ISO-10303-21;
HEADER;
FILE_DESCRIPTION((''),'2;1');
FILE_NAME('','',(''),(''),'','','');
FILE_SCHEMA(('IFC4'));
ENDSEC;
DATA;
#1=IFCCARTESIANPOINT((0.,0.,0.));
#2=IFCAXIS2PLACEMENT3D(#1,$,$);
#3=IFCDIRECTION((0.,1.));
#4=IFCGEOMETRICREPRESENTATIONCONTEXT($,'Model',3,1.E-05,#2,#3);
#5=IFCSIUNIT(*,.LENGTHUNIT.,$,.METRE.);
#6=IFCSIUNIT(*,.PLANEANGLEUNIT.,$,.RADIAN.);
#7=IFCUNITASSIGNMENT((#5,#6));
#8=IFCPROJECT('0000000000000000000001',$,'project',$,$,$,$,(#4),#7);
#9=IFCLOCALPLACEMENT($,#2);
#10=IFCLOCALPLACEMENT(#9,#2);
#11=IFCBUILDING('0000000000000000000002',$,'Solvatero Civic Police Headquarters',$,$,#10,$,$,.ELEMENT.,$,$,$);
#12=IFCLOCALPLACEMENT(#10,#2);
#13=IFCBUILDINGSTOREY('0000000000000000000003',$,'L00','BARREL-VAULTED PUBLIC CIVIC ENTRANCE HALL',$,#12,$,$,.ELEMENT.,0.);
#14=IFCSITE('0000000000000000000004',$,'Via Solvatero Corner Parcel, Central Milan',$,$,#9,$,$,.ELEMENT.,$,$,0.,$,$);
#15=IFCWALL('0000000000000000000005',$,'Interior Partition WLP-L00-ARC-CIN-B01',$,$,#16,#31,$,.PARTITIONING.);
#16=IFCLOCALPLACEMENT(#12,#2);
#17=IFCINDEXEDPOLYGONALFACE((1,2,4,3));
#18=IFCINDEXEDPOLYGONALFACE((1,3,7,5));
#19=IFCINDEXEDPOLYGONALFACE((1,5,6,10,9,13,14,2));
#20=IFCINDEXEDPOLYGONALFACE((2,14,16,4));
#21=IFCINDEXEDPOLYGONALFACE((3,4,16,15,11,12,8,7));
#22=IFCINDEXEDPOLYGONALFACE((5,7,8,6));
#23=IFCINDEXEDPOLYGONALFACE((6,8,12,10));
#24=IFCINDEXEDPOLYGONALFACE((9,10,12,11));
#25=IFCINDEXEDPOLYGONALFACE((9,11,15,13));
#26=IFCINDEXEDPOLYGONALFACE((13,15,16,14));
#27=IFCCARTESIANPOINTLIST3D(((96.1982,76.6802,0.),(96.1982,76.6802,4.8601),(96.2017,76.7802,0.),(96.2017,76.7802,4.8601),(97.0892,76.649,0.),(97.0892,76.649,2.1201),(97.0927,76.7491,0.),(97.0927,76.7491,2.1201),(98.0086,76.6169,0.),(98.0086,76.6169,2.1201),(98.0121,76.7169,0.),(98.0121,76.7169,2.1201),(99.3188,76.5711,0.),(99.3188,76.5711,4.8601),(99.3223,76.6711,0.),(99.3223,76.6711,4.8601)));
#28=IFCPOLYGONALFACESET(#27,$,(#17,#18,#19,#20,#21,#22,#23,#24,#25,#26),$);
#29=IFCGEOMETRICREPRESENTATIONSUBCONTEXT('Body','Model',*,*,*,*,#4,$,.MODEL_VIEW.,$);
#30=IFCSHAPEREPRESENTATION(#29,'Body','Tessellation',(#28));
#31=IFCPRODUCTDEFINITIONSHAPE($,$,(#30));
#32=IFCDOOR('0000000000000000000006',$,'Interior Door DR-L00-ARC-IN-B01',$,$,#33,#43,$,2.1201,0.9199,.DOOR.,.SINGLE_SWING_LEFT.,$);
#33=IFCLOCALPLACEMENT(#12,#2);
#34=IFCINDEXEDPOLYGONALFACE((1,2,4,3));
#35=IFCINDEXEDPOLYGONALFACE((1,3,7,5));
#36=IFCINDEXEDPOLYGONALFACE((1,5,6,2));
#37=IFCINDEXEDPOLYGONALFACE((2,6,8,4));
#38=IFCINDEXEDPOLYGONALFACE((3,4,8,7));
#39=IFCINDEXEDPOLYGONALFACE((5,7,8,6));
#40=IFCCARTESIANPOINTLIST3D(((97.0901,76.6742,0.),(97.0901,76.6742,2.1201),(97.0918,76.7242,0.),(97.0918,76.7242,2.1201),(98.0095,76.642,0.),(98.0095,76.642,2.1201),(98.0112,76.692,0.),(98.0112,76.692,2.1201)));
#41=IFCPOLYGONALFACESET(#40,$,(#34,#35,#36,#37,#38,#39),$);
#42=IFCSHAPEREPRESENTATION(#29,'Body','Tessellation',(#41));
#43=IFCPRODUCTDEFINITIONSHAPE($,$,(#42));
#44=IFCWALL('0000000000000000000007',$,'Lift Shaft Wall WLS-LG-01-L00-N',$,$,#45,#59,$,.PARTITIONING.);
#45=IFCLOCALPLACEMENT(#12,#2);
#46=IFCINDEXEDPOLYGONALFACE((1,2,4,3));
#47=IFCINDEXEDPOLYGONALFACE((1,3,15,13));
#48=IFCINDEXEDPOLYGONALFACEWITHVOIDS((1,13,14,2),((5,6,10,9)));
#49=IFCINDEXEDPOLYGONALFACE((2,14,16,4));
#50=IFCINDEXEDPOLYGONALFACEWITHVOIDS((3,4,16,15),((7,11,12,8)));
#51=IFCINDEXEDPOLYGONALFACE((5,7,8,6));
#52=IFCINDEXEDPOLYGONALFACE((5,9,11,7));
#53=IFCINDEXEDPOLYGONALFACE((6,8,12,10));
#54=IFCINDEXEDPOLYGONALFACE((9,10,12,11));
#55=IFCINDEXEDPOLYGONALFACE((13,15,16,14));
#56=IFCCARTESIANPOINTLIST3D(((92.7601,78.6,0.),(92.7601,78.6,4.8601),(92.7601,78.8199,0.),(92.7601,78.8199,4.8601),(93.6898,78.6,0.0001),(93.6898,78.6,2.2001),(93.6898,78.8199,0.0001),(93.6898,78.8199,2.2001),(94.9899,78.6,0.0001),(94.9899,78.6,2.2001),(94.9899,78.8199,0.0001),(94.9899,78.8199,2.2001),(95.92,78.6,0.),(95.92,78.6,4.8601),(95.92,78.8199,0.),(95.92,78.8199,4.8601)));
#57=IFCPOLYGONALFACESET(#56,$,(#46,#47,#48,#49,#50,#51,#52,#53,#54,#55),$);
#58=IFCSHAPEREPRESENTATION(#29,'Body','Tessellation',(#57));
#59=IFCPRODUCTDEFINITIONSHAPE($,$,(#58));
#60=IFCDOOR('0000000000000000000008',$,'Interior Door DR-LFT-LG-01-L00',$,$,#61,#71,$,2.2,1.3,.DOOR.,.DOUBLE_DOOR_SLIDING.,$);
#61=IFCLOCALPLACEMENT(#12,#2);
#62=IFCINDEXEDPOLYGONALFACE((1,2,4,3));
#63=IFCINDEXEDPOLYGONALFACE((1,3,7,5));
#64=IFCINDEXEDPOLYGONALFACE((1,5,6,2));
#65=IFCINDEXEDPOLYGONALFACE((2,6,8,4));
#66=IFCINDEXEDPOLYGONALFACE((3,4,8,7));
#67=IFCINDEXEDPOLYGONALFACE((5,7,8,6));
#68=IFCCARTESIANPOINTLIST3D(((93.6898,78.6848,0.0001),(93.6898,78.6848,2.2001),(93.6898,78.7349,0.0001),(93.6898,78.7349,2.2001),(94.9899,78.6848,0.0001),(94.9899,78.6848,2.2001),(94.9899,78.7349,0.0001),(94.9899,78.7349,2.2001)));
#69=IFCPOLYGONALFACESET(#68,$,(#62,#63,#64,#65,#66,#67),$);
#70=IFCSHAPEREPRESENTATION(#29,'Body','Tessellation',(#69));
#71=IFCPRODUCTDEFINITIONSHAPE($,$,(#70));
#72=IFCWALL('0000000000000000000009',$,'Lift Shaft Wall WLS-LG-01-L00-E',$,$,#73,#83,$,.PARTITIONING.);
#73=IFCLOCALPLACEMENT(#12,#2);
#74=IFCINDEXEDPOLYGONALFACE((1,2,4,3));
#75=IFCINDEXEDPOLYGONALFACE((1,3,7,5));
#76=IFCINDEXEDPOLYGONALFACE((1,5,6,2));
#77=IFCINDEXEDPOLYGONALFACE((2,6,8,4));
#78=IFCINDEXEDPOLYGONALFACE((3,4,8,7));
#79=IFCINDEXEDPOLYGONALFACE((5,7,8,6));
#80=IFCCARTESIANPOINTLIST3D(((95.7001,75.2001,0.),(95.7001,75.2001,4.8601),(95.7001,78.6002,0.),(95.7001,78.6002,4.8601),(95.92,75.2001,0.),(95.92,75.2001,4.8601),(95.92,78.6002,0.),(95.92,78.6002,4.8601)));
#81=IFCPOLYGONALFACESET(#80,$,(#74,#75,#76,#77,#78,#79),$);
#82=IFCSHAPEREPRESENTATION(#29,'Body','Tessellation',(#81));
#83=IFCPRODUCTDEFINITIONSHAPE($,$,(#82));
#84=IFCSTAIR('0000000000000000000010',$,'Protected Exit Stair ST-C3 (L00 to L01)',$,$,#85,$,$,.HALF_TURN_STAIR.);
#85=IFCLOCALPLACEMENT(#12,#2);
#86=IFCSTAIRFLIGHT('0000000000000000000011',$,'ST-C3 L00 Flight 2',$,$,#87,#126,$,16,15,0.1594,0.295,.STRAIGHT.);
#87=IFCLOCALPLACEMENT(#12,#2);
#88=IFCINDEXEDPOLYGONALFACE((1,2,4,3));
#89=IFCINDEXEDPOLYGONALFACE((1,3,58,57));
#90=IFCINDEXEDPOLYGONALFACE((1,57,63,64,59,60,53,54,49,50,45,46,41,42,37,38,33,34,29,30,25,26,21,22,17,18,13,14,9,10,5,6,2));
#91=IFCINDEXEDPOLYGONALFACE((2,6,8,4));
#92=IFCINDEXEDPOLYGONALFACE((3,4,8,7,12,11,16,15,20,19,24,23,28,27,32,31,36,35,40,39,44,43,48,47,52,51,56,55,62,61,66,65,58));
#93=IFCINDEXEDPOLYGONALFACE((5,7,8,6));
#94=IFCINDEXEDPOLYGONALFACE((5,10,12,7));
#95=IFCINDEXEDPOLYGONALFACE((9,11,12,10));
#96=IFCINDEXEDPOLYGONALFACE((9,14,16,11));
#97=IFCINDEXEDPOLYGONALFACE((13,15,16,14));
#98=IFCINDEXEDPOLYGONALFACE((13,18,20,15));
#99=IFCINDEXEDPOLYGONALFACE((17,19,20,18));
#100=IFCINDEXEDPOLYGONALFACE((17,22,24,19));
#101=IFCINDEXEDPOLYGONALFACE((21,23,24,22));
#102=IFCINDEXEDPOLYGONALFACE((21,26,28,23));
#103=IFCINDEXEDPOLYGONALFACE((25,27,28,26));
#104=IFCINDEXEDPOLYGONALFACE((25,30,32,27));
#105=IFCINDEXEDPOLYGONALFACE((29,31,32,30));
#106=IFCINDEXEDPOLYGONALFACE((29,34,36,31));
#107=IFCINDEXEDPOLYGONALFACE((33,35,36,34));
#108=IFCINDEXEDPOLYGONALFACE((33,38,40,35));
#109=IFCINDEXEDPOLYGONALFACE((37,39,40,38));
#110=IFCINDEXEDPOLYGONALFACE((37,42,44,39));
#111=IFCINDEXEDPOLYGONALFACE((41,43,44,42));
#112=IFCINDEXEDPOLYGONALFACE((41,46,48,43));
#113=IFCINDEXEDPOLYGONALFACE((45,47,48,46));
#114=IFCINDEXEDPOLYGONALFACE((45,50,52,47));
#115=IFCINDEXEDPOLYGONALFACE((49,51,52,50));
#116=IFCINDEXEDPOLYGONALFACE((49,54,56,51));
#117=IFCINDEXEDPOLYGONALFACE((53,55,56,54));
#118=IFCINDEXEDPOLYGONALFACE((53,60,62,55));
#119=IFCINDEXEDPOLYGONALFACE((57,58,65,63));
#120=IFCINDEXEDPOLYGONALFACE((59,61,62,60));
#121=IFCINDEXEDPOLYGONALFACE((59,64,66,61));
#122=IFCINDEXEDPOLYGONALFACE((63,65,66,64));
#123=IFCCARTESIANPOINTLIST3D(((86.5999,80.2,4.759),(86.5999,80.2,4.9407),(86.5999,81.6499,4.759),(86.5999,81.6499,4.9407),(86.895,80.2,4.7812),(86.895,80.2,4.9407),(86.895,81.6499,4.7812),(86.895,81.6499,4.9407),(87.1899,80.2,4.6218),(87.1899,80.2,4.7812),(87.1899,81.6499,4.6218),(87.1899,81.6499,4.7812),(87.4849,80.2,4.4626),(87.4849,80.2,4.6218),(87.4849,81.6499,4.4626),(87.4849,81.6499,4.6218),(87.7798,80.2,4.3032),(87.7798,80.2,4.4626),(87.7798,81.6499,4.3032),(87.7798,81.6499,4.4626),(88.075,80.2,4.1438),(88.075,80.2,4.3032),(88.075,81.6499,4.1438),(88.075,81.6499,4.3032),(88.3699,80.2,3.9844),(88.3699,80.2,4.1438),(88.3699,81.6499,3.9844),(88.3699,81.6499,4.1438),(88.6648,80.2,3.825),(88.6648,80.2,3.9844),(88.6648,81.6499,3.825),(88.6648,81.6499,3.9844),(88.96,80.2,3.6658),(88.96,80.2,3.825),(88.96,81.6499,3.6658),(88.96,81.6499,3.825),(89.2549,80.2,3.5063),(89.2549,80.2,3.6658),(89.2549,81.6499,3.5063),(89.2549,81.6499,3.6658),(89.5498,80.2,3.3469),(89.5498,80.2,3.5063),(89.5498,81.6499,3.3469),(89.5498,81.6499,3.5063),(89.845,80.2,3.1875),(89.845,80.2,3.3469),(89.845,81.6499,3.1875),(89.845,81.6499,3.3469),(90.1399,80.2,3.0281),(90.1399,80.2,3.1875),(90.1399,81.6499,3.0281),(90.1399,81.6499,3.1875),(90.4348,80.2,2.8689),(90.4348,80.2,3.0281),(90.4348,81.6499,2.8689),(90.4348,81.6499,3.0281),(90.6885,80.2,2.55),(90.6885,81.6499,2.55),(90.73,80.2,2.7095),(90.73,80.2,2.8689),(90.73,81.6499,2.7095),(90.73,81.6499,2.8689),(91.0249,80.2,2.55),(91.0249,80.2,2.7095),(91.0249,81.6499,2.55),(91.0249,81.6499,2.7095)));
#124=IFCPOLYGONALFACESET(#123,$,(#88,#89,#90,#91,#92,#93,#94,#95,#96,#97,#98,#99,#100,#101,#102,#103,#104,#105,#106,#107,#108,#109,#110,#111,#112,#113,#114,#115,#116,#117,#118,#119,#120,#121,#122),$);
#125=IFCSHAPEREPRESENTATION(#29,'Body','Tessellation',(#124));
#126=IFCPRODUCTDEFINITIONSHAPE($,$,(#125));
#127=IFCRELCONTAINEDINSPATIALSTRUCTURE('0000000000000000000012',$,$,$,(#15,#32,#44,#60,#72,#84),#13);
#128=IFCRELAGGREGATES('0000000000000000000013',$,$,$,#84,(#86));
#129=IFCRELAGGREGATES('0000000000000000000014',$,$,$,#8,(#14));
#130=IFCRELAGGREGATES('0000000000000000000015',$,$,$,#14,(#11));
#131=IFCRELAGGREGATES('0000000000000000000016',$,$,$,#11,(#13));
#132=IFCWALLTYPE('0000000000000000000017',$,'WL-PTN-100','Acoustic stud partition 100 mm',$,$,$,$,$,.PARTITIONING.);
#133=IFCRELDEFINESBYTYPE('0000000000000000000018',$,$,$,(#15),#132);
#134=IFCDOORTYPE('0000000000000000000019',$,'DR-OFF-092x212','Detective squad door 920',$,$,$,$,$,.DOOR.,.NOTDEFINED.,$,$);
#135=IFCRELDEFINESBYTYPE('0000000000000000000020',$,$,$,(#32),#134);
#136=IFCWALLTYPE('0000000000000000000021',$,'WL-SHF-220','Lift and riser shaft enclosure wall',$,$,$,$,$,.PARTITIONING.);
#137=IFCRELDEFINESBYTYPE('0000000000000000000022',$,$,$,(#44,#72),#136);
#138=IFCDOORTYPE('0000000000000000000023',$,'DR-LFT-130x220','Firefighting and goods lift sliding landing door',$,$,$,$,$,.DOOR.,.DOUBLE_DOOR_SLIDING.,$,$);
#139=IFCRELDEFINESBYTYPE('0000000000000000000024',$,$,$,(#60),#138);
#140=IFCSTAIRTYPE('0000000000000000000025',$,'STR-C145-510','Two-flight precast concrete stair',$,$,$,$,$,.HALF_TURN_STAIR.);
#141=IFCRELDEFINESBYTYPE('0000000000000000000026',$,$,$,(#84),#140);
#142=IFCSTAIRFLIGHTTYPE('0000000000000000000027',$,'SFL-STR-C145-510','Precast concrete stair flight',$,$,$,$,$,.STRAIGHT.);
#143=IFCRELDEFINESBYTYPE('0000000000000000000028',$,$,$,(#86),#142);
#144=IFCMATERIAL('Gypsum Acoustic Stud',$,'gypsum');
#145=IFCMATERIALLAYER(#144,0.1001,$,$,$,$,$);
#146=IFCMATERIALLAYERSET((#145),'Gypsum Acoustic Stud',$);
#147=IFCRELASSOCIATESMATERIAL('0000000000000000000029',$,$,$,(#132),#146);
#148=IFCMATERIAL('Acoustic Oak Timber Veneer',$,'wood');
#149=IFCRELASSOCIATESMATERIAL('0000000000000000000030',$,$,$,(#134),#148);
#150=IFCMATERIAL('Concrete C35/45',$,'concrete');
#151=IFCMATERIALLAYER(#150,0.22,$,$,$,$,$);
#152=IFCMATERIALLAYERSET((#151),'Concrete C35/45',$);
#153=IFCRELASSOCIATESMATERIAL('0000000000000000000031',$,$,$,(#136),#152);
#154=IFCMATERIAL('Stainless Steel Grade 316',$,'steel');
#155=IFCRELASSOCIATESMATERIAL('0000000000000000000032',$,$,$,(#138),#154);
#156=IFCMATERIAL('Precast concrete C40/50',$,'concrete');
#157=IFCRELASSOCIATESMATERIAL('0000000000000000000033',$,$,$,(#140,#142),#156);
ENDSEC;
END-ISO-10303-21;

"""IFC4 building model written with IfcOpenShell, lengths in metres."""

from ifc_helpers import new_model, si_unit, direction, frame, frame_2d, origin, place, context, subcontext, project, spatial, polyline, rectangle, outline, extrude, material, layer, layer_set, type_object, element, fill, aggregate, save


model = new_model("IFC4")

# Units and contexts
model_context = context("Model", 3, precision=1e-05, world=origin(), true_north=direction((0.0, 1.0)))
body_context = subcontext(model_context, "Body", "Model", "MODEL_VIEW")
ifc_project = project(units=[si_unit("LENGTHUNIT", "METRE"), si_unit("PLANEANGLEUNIT", "RADIAN")], contexts=[model_context])

# Site, building, storey
site_placement = place(None, origin())
site = spatial("IfcSite", under=ifc_project, at=site_placement, Name="Via Solvatero Corner Parcel, Central Milan", CompositionType="ELEMENT", RefElevation=0.0)
building_placement = place(site_placement, origin())
building = spatial("IfcBuilding", under=site, at=building_placement, Name="Solvatero Civic Police Headquarters", CompositionType="ELEMENT")
storey_placement = place(building_placement, origin())
storey = spatial("IfcBuildingStorey", under=building, at=storey_placement, Name="L00", Description="BARREL-VAULTED PUBLIC CIVIC ENTRANCE HALL", CompositionType="ELEMENT", Elevation=0.0)

# Walls, openings, doors
ifc_material_1 = material(Name="Gypsum Acoustic Stud", Category="gypsum")
ifc_layer_1 = layer(ifc_material_1, 0.1001)
ifc_layer_set_1 = layer_set([ifc_layer_1], Name="Gypsum Acoustic Stud")
wall_type_1 = type_object("IfcWallType", Name="WL-PTN-100", Description="Acoustic stud partition 100 mm", PredefinedType="PARTITIONING", material=ifc_layer_set_1)
wall_1_placement = place(storey_placement, frame((99.3206, 76.6211, 0.0), z_axis=(0.0, 0.0, 1.0), x_axis=(-0.999389, 0.03495, 0.0)))
wall_1 = element("IfcWall", 1, at=wall_1_placement, inside=storey, type_object=wall_type_1, Name="Interior Partition WLP-L00-ARC-CIN-B01", PredefinedType="PARTITIONING", context=body_context, shape_type="SweptSolid", body=[
    extrude(rectangle(XDim=3.1226, YDim=0.1001, at=frame_2d((1.5613, 0.0))), origin(), (0.0, 0.0, 1.0), 4.8601),
])
opening_1_placement = place(wall_1_placement, frame((1.311, 0.0, 0.0)))
opening_1 = element("IfcOpeningElement", 2, at=opening_1_placement, cuts=wall_1, PredefinedType="OPENING", context=body_context, shape_type="SweptSolid", body=[
    extrude(rectangle(XDim=0.9199, YDim=2.1201, at=frame_2d((0.46, 1.0601))), frame((0.0, 0.0601, 0.0), z_axis=(0.0, -1.0, 0.0), x_axis=(1.0, 0.0, 0.0)), (0.0, 0.0, 1.0), 0.1201),
])
ifc_material_2 = material(Name="Acoustic Oak Timber Veneer", Category="wood")
door_type_1 = type_object("IfcDoorType", Name="DR-OFF-092x212", Description="Detective squad door 920", OperationType="NOTDEFINED", PredefinedType="DOOR", material=ifc_material_2)
door_1_placement = place(opening_1_placement, origin())
door_1 = element("IfcDoor", 3, at=door_1_placement, inside=storey, type_object=door_type_1, Name="Interior Door DR-L00-ARC-IN-B01", OperationType="SINGLE_SWING_LEFT", OverallHeight=2.1201, OverallWidth=0.9199, PredefinedType="DOOR", context=body_context, shape_type="SweptSolid", body=[
    extrude(rectangle(XDim=0.9199, YDim=2.1201, at=frame_2d((0.46, 1.0601))), frame((0.0, 0.0249, 0.0), z_axis=(0.0, -1.0, 0.0), x_axis=(1.0, 0.0, 0.0)), (0.0, 0.0, 1.0), 0.05),
])
fill(opening_1, door_1)
ifc_material_3 = material(Name="Concrete C35/45", Category="concrete")
ifc_layer_2 = layer(ifc_material_3, 0.22)
ifc_layer_set_2 = layer_set([ifc_layer_2], Name="Concrete C35/45")
wall_type_2 = type_object("IfcWallType", Name="WL-SHF-220", Description="Lift and riser shaft enclosure wall", PredefinedType="PARTITIONING", material=ifc_layer_set_2)
wall_2_placement = place(storey_placement, frame((92.76, 78.71, 0.0), z_axis=(0.0, 0.0, 1.0), x_axis=(1.0, 0.0, 0.0)))
wall_2 = element("IfcWall", 4, at=wall_2_placement, inside=storey, type_object=wall_type_2, Name="Lift Shaft Wall WLS-LG-01-L00-N", PredefinedType="PARTITIONING", context=body_context, shape_type="SweptSolid", body=[
    extrude(rectangle(XDim=3.1599, YDim=0.22, at=frame_2d((1.5801, 0.0))), origin(), (0.0, 0.0, 1.0), 4.8601),
])
opening_2_placement = place(wall_2_placement, frame((0.9299, 0.0, 0.0)))
opening_2 = element("IfcOpeningElement", 5, at=opening_2_placement, cuts=wall_2, PredefinedType="OPENING", context=body_context, shape_type="SweptSolid", body=[
    extrude(rectangle(XDim=1.3, YDim=2.2, at=frame_2d((0.6499, 1.1001))), frame((0.0, 0.1199, 0.0), z_axis=(0.0, -1.0, 0.0), x_axis=(1.0, 0.0, 0.0)), (0.0, 0.0, 1.0), 0.24),
])
ifc_material_4 = material(Name="Stainless Steel Grade 316", Category="steel")
door_type_2 = type_object("IfcDoorType", Name="DR-LFT-130x220", Description="Firefighting and goods lift sliding landing door", OperationType="DOUBLE_DOOR_SLIDING", PredefinedType="DOOR", material=ifc_material_4)
door_2_placement = place(opening_2_placement, origin())
door_2 = element("IfcDoor", 6, at=door_2_placement, inside=storey, type_object=door_type_2, Name="Interior Door DR-LFT-LG-01-L00", OperationType="DOUBLE_DOOR_SLIDING", OverallHeight=2.2, OverallWidth=1.3, PredefinedType="DOOR", context=body_context, shape_type="SweptSolid", body=[
    extrude(rectangle(XDim=1.3, YDim=2.2, at=frame_2d((0.6499, 1.1001))), frame((0.0, 0.0249, 0.0), z_axis=(0.0, -1.0, 0.0), x_axis=(1.0, 0.0, 0.0)), (0.0, 0.0, 1.0), 0.05),
])
fill(opening_2, door_2)

# Wall
wall_3_placement = place(storey_placement, frame((95.8101, 75.2, 0.0), z_axis=(0.0, 0.0, 1.0), x_axis=(0.0, 1.0, 0.0)))
element("IfcWall", 7, at=wall_3_placement, inside=storey, type_object=wall_type_2, Name="Lift Shaft Wall WLS-LG-01-L00-E", PredefinedType="PARTITIONING", context=body_context, shape_type="SweptSolid", body=[
    extrude(rectangle(XDim=3.4001, YDim=0.22, at=frame_2d((1.7002, 0.0))), origin(), (0.0, 0.0, 1.0), 4.8601),
])

# Stair, stair flight
ifc_material_5 = material(Name="Precast concrete C40/50", Category="concrete")
stair_type = type_object("IfcStairType", Name="STR-C145-510", Description="Two-flight precast concrete stair", PredefinedType="HALF_TURN_STAIR", material=ifc_material_5)
stair_placement = place(storey_placement, origin())
stair = element("IfcStair", 8, at=stair_placement, inside=storey, type_object=stair_type, Name="Protected Exit Stair ST-C3 (L00 to L01)", PredefinedType="HALF_TURN_STAIR")
stair_flight_type = type_object("IfcStairFlightType", Name="SFL-STR-C145-510", Description="Precast concrete stair flight", PredefinedType="STRAIGHT", material=ifc_material_5)
stair_flight_placement = place(storey_placement, frame((91.0249, 80.925, 2.55), z_axis=(0.0, 0.0, 1.0), x_axis=(-1.0, 0.0, 0.0)))
stair_flight = element("IfcStairFlight", 9, at=stair_flight_placement, type_object=stair_flight_type, Name="ST-C3 L00 Flight 2", NumberOfRisers=16, NumberOfTreads=15, PredefinedType="STRAIGHT", RiserHeight=0.1594, TreadLength=0.295, context=body_context, shape_type="SweptSolid", body=[
    extrude(outline(polyline([(0.0, 0.0), (0.0, 0.1594), (0.2949, 0.1594), (0.2949, 0.3188), (0.5901, 0.3188), (0.5901, 0.478), (0.885, 0.478), (0.885, 0.6375), (1.1799, 0.6375), (1.1799, 0.7969), (1.4751, 0.7969), (1.4751, 0.9563), (1.77, 0.9563), (1.77, 1.1157), (2.0649, 1.1157), (2.0649, 1.2749), (2.3601, 1.2749), (2.3601, 1.4343), (2.655, 1.4343), (2.655, 1.5938), (2.95, 1.5938), (2.95, 1.7532), (3.2451, 1.7532), (3.2451, 1.9126), (3.54, 1.9126), (3.54, 2.0718), (3.835, 2.0718), (3.835, 2.2312), (4.1299, 2.2312), (4.1299, 2.3906), (4.425, 2.3906), (4.425, 2.55), (4.425, 2.209), (0.3364, 0.0), (0.0, 0.0)])), frame((0.0, 0.7251, 0.0), z_axis=(0.0, -1.0, 0.0), x_axis=(1.0, 0.0, 0.0)), (0.0, 0.0, 1.0), 1.45),
])
aggregate(stair, [stair_flight])

save(model, "model.ifc")
